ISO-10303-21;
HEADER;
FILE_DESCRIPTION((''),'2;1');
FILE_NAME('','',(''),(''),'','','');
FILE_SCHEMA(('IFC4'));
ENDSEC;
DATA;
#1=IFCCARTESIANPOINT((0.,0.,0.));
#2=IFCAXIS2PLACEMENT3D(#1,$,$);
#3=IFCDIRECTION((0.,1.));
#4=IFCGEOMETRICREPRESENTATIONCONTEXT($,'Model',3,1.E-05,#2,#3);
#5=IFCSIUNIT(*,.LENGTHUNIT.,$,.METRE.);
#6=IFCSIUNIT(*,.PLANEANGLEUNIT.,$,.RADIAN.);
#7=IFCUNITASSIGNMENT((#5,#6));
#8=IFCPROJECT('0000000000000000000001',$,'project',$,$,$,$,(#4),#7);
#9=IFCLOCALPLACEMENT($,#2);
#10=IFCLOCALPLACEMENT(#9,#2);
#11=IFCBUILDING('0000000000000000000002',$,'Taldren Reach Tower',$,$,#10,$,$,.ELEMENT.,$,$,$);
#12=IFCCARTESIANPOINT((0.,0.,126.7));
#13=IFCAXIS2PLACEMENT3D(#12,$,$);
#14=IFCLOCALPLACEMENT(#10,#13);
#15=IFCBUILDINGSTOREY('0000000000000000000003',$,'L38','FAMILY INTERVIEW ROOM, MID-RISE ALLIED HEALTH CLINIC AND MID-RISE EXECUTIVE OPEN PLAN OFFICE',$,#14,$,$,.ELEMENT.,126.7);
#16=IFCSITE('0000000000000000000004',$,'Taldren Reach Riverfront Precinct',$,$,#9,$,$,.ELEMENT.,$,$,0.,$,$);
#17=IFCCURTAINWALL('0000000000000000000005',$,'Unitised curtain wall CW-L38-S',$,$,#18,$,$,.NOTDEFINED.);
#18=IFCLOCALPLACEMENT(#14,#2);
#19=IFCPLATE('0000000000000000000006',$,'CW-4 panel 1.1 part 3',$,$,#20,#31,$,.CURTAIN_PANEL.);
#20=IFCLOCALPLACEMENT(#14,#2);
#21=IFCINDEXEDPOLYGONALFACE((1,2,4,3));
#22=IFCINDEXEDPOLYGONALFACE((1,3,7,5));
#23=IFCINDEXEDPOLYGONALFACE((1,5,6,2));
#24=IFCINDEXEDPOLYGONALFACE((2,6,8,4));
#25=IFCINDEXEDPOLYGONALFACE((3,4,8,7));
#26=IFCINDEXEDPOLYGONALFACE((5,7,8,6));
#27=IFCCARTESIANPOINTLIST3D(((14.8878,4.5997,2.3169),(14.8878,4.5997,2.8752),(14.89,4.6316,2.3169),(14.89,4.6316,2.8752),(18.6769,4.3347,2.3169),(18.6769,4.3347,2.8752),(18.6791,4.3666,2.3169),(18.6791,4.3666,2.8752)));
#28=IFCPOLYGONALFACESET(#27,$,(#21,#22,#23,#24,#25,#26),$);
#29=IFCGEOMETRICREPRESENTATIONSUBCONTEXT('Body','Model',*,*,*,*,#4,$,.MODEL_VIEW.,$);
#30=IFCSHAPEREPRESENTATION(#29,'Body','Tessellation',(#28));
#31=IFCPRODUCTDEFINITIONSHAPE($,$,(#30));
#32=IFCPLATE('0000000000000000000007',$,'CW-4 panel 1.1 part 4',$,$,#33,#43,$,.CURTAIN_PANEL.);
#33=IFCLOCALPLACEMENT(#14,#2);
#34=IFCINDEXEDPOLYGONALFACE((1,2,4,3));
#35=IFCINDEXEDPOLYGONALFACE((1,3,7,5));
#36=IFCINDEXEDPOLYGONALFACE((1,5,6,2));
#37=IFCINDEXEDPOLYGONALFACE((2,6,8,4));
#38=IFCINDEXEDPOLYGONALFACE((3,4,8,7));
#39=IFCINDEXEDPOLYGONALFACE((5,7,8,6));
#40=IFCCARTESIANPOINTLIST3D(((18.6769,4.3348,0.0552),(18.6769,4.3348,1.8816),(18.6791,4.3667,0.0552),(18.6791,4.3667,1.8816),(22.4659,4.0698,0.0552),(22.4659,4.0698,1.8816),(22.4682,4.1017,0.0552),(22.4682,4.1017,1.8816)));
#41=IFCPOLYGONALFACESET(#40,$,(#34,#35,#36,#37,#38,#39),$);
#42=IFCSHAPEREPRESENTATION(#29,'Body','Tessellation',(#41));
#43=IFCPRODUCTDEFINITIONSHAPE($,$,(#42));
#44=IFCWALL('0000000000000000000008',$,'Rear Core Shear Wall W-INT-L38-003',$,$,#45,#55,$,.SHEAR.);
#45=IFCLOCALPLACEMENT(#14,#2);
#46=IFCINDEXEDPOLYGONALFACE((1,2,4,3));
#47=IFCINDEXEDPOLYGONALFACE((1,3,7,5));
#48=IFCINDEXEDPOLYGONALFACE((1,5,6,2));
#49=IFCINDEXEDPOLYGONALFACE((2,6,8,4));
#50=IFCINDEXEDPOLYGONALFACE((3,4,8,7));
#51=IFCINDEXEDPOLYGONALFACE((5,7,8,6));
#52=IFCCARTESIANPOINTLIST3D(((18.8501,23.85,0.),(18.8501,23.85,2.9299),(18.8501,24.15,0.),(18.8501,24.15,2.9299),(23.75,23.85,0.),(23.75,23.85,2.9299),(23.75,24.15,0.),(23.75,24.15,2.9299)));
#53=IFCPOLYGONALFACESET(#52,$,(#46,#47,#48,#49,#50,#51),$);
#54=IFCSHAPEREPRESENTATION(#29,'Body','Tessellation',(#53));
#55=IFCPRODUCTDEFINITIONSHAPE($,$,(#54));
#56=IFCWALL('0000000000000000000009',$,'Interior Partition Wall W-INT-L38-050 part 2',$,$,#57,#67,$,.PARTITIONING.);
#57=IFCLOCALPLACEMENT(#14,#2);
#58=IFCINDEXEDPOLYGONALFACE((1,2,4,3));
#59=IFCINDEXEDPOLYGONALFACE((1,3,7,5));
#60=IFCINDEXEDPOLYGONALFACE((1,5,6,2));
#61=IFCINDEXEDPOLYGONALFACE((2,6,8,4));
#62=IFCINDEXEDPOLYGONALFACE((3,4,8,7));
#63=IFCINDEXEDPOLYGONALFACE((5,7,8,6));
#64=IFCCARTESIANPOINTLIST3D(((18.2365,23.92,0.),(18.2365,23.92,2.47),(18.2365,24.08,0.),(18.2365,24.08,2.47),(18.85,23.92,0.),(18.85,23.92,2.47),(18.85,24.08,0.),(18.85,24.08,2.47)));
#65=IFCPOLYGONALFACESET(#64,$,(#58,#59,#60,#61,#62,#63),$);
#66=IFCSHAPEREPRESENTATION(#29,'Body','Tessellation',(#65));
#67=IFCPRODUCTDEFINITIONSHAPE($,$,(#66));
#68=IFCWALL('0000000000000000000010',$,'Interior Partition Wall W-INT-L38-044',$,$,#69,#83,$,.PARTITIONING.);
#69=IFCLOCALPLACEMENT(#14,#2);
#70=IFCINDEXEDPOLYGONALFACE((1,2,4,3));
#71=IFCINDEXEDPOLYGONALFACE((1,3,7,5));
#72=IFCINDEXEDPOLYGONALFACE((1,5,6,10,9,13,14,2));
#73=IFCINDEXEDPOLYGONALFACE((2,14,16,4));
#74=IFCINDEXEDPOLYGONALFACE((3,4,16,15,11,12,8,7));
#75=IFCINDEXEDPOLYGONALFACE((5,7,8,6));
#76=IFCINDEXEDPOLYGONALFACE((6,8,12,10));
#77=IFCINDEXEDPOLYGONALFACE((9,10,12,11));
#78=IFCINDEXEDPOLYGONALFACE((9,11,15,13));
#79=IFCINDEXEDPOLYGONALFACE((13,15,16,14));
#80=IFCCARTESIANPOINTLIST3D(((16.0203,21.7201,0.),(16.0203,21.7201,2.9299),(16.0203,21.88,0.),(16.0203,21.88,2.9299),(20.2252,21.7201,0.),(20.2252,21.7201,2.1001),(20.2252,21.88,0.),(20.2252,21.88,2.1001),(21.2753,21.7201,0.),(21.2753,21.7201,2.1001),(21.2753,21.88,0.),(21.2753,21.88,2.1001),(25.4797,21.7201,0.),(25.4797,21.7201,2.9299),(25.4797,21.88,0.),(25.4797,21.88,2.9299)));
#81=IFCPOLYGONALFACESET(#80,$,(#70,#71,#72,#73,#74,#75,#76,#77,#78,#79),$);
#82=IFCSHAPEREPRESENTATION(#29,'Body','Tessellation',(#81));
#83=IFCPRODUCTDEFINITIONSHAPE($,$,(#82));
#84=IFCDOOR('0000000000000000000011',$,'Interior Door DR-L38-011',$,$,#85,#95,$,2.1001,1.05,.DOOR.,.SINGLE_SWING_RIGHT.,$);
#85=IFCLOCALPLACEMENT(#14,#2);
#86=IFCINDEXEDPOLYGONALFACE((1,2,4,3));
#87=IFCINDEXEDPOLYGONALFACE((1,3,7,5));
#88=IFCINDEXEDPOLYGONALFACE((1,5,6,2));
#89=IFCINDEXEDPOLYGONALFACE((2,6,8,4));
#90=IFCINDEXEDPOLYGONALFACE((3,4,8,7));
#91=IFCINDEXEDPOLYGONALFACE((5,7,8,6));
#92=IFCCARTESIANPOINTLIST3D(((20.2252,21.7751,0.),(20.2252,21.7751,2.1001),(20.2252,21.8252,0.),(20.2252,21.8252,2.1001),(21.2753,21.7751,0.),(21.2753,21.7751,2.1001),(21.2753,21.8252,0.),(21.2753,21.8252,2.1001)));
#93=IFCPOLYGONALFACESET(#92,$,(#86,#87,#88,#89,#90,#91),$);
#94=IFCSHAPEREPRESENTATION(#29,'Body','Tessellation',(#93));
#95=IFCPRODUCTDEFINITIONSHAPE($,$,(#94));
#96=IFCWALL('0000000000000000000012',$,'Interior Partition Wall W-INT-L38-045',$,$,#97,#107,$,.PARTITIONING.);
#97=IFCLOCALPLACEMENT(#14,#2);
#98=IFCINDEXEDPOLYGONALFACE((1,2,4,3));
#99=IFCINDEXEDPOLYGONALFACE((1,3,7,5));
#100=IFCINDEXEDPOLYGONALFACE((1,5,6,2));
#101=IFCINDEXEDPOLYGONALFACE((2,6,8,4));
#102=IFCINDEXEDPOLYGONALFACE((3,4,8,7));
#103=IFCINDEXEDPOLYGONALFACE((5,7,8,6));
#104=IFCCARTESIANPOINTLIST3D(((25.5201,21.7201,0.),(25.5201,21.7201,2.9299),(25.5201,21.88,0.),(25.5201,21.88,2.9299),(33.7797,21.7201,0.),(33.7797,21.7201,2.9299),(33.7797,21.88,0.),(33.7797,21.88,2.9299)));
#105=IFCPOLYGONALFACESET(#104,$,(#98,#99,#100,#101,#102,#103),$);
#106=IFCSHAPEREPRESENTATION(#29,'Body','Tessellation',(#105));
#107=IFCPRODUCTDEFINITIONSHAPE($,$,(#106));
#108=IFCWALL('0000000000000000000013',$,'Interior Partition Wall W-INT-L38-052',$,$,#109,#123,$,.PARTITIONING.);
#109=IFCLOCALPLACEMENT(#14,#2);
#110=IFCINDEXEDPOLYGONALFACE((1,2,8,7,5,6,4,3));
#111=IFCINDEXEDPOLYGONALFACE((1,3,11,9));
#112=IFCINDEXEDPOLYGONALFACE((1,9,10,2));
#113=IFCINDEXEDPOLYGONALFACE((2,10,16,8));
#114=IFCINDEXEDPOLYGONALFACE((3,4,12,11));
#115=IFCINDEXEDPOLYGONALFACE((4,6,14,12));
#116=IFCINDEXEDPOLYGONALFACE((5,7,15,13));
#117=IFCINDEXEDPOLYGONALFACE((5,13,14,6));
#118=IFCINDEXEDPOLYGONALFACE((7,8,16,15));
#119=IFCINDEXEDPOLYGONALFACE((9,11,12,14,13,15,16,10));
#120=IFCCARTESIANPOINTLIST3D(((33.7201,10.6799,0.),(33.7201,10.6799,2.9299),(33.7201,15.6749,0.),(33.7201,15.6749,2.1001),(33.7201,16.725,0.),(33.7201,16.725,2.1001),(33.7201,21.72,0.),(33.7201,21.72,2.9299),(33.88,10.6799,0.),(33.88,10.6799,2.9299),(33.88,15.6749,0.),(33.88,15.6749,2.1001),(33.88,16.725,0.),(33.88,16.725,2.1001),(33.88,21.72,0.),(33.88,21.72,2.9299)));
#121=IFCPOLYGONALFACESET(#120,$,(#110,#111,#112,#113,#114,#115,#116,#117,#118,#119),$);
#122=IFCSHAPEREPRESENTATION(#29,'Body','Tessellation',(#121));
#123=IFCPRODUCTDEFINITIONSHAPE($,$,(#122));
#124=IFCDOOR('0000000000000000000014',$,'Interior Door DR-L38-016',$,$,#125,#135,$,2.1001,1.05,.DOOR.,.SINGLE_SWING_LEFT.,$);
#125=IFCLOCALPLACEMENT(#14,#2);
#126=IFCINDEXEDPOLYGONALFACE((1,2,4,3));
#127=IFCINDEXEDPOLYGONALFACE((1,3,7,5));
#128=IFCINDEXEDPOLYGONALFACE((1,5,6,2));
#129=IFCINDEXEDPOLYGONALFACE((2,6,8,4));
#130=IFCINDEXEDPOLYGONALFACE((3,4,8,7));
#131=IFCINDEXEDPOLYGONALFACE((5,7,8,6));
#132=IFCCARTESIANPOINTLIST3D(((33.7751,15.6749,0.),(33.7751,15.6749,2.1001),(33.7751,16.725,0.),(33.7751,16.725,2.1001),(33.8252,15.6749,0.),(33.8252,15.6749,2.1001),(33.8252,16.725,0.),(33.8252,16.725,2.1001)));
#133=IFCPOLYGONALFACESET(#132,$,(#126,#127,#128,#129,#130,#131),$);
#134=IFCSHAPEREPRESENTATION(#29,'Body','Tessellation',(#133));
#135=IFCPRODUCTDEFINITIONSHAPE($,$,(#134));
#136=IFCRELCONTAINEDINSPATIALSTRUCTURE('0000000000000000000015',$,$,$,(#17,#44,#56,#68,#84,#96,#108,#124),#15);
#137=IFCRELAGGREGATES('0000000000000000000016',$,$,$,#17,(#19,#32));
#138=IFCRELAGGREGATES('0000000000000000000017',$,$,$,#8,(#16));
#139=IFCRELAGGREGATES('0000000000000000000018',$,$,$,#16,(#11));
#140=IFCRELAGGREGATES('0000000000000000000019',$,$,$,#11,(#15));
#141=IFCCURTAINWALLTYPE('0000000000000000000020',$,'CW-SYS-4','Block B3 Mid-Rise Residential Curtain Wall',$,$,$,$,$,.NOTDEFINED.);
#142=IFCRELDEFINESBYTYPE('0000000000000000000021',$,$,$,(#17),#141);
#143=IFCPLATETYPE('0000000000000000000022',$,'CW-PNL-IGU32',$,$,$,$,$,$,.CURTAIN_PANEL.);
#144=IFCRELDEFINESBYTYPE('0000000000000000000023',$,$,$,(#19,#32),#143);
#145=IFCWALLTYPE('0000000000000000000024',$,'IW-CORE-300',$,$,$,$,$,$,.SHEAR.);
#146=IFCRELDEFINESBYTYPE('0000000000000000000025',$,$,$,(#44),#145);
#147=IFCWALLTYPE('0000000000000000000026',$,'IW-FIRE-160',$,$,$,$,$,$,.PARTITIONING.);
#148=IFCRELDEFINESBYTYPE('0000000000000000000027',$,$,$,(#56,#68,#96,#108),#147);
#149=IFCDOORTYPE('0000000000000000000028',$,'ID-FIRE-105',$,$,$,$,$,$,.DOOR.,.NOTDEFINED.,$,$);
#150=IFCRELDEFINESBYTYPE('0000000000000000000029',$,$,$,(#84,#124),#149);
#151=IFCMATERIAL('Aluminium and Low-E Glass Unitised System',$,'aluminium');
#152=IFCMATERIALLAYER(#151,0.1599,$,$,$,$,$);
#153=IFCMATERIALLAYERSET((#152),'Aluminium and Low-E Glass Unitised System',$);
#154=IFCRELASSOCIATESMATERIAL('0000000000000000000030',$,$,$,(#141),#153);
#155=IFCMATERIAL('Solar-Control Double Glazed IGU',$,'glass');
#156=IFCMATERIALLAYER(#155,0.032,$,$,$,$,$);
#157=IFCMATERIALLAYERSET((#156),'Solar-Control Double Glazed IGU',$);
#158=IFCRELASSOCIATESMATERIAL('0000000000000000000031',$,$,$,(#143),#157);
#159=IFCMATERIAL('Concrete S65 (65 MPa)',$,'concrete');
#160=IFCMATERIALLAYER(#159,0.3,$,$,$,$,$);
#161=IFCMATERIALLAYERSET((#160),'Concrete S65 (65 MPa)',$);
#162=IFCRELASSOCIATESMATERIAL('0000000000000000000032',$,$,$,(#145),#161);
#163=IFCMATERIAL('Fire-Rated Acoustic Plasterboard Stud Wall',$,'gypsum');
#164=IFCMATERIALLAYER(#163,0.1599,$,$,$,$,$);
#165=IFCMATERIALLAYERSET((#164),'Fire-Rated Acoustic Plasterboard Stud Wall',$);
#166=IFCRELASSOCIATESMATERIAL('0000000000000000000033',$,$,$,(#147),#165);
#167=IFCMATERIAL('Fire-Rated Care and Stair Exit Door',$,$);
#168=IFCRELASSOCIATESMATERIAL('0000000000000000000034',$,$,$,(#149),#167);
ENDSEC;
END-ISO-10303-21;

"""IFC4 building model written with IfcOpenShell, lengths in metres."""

from ifc_helpers import new_model, si_unit, direction, frame, frame_2d, origin, origin_2d, place, context, subcontext, project, spatial, rectangle, extrude, source, transform, mapped, material, layer, layer_set, type_object, element, fill, aggregate, save


model = new_model("IFC4")

# Units and contexts
model_context = context("Model", 3, precision=1e-05, world=origin(), true_north=direction((0.0, 1.0)))
body_context = subcontext(model_context, "Body", "Model", "MODEL_VIEW")
ifc_project = project(units=[si_unit("LENGTHUNIT", "METRE"), si_unit("PLANEANGLEUNIT", "RADIAN")], contexts=[model_context])

# Site, building, storey
site_placement = place(None, origin())
site = spatial("IfcSite", under=ifc_project, at=site_placement, Name="Taldren Reach Riverfront Precinct", CompositionType="ELEMENT", RefElevation=0.0)
building_placement = place(site_placement, origin())
building = spatial("IfcBuilding", under=site, at=building_placement, Name="Taldren Reach Tower", CompositionType="ELEMENT")
storey_placement = place(building_placement, frame((0.0, 0.0, 126.7)))
storey = spatial("IfcBuildingStorey", under=building, at=storey_placement, Name="L38", Description="FAMILY INTERVIEW ROOM, MID-RISE ALLIED HEALTH CLINIC AND MID-RISE EXECUTIVE OPEN PLAN OFFICE", CompositionType="ELEMENT", Elevation=126.7)

# Curtain wall, plates
ifc_material_1 = material(Name="Aluminium and Low-E Glass Unitised System", Category="aluminium")
ifc_layer_1 = layer(ifc_material_1, 0.1599)
ifc_layer_set_1 = layer_set([ifc_layer_1], Name="Aluminium and Low-E Glass Unitised System")
curtain_wall_type = type_object("IfcCurtainWallType", Name="CW-SYS-4", Description="Block B3 Mid-Rise Residential Curtain Wall", PredefinedType="NOTDEFINED", material=ifc_layer_set_1)
curtain_wall_placement = place(storey_placement, origin())
curtain_wall = element("IfcCurtainWall", 1, at=curtain_wall_placement, inside=storey, type_object=curtain_wall_type, Name="Unitised curtain wall CW-L38-S", PredefinedType="NOTDEFINED")
ifc_material_2 = material(Name="Solar-Control Double Glazed IGU", Category="glass")
ifc_layer_2 = layer(ifc_material_2, 0.032)
ifc_layer_set_2 = layer_set([ifc_layer_2], Name="Solar-Control Double Glazed IGU")
plate_type = type_object("IfcPlateType", Name="CW-PNL-IGU32", PredefinedType="CURTAIN_PANEL", material=ifc_layer_set_2)
shared_shape_1 = source(origin(), body_context, "Body", "SweptSolid", [
    extrude(rectangle(XDim=3.7983, YDim=0.032, at=origin_2d()), origin(), (0.0, 0.0, 1.0), 0.5583),
])
plate_1_placement = place(storey_placement, frame((16.7834, 4.4832, 2.3169), z_axis=(0.0, 0.0, 1.0), x_axis=(0.997564, -0.069757, 0.0)))
plate_1 = element("IfcPlate", 2, at=plate_1_placement, type_object=plate_type, Name="CW-4 panel 1.1 part 3", PredefinedType="CURTAIN_PANEL", context=body_context, shape_type="MappedRepresentation", body=[
    mapped(shared_shape_1, transform((0.0, 0.0, 0.0), scale=1.0)),
])
shared_shape_2 = source(origin(), body_context, "Body", "SweptSolid", [
    extrude(rectangle(XDim=3.7983, YDim=0.032, at=origin_2d()), origin(), (0.0, 0.0, 1.0), 1.8264),
])
plate_2_placement = place(storey_placement, frame((20.5725, 4.2183, 0.0552), z_axis=(0.0, 0.0, 1.0), x_axis=(0.997564, -0.069757, 0.0)))
plate_2 = element("IfcPlate", 3, at=plate_2_placement, type_object=plate_type, Name="CW-4 panel 1.1 part 4", PredefinedType="CURTAIN_PANEL", context=body_context, shape_type="MappedRepresentation", body=[
    mapped(shared_shape_2, transform((0.0, 0.0, 0.0), scale=1.0)),
])
aggregate(curtain_wall, [plate_1, plate_2])

# Walls
ifc_material_3 = material(Name="Concrete S65 (65 MPa)", Category="concrete")
ifc_layer_3 = layer(ifc_material_3, 0.3)
ifc_layer_set_3 = layer_set([ifc_layer_3], Name="Concrete S65 (65 MPa)")
wall_type_1 = type_object("IfcWallType", Name="IW-CORE-300", PredefinedType="SHEAR", material=ifc_layer_set_3)
shared_shape_3 = source(origin(), body_context, "Body", "SweptSolid", [
    extrude(rectangle(XDim=4.8999, YDim=0.3, at=frame_2d((2.45, 0.0))), origin(), (0.0, 0.0, 1.0), 2.9299),
])
wall_1_placement = place(storey_placement, frame((18.8501, 24.0, 0.0), z_axis=(0.0, 0.0, 1.0), x_axis=(1.0, 0.0, 0.0)))
element("IfcWall", 4, at=wall_1_placement, inside=storey, type_object=wall_type_1, Name="Rear Core Shear Wall W-INT-L38-003", PredefinedType="SHEAR", context=body_context, shape_type="MappedRepresentation", body=[
    mapped(shared_shape_3, transform((0.0, 0.0, 0.0), scale=1.0)),
])
ifc_material_4 = material(Name="Fire-Rated Acoustic Plasterboard Stud Wall", Category="gypsum")
ifc_layer_4 = layer(ifc_material_4, 0.1599)
ifc_layer_set_4 = layer_set([ifc_layer_4], Name="Fire-Rated Acoustic Plasterboard Stud Wall")
wall_type_2 = type_object("IfcWallType", Name="IW-FIRE-160", PredefinedType="PARTITIONING", material=ifc_layer_set_4)
shared_shape_4 = source(origin(), body_context, "Body", "SweptSolid", [
    extrude(rectangle(XDim=0.6135, YDim=0.1599, at=frame_2d((0.3066, 0.0))), origin(), (0.0, 0.0, 1.0), 2.47),
])
wall_2_placement = place(storey_placement, frame((18.2366, 24.0, 0.0), z_axis=(0.0, 0.0, 1.0), x_axis=(1.0, 0.0, 0.0)))
element("IfcWall", 5, at=wall_2_placement, inside=storey, type_object=wall_type_2, Name="Interior Partition Wall W-INT-L38-050 part 2", PredefinedType="PARTITIONING", context=body_context, shape_type="MappedRepresentation", body=[
    mapped(shared_shape_4, transform((0.0, 0.0, 0.0), scale=1.0)),
])

# Wall, opening, door
shared_shape_5 = source(origin(), body_context, "Body", "SweptSolid", [
    extrude(rectangle(XDim=9.4595, YDim=0.1599, at=frame_2d((4.7297, 0.0))), origin(), (0.0, 0.0, 1.0), 2.9299),
])
wall_3_placement = place(storey_placement, frame((25.4797, 21.8, 0.0), z_axis=(0.0, 0.0, 1.0), x_axis=(-1.0, 0.0, 0.0)))
wall_3 = element("IfcWall", 6, at=wall_3_placement, inside=storey, type_object=wall_type_2, Name="Interior Partition Wall W-INT-L38-044", PredefinedType="PARTITIONING", context=body_context, shape_type="MappedRepresentation", body=[
    mapped(shared_shape_5, transform((0.0, 0.0, 0.0), scale=1.0)),
])
shared_shape_6 = source(origin(), body_context, "Body", "SweptSolid", [
    extrude(rectangle(XDim=1.05, YDim=2.1001, at=frame_2d((0.5249, 1.05))), frame((0.0, 0.0898, 0.0), z_axis=(0.0, -1.0, 0.0), x_axis=(1.0, 0.0, 0.0)), (0.0, 0.0, 1.0), 0.1799),
])
opening_1_placement = place(wall_3_placement, frame((4.2046, 0.0, 0.0)))
opening_1 = element("IfcOpeningElement", 7, at=opening_1_placement, cuts=wall_3, PredefinedType="OPENING", context=body_context, shape_type="MappedRepresentation", body=[
    mapped(shared_shape_6, transform((0.0, 0.0, 0.0), scale=1.0)),
])
ifc_material_5 = material(Name="Fire-Rated Care and Stair Exit Door")
door_type_1 = type_object("IfcDoorType", Name="ID-FIRE-105", OperationType="NOTDEFINED", PredefinedType="DOOR", material=ifc_material_5)
shared_shape_7 = source(origin(), body_context, "Body", "SweptSolid", [
    extrude(rectangle(XDim=1.05, YDim=2.1001, at=frame_2d((0.5249, 1.05))), frame((0.0, 0.0249, 0.0), z_axis=(0.0, -1.0, 0.0), x_axis=(1.0, 0.0, 0.0)), (0.0, 0.0, 1.0), 0.05),
])
door_1_placement = place(opening_1_placement, origin())
door_1 = element("IfcDoor", 8, at=door_1_placement, inside=storey, type_object=door_type_1, Name="Interior Door DR-L38-011", OperationType="SINGLE_SWING_RIGHT", OverallHeight=2.1001, OverallWidth=1.05, PredefinedType="DOOR", context=body_context, shape_type="MappedRepresentation", body=[
    mapped(shared_shape_7, transform((0.0, 0.0, 0.0), scale=1.0)),
])
fill(opening_1, door_1)

# Wall
shared_shape_8 = source(origin(), body_context, "Body", "SweptSolid", [
    extrude(rectangle(XDim=8.2595, YDim=0.1599, at=frame_2d((4.1299, 0.0))), origin(), (0.0, 0.0, 1.0), 2.9299),
])
wall_4_placement = place(storey_placement, frame((33.7798, 21.8, 0.0), z_axis=(0.0, 0.0, 1.0), x_axis=(-1.0, 0.0, 0.0)))
element("IfcWall", 9, at=wall_4_placement, inside=storey, type_object=wall_type_2, Name="Interior Partition Wall W-INT-L38-045", PredefinedType="PARTITIONING", context=body_context, shape_type="MappedRepresentation", body=[
    mapped(shared_shape_8, transform((0.0, 0.0, 0.0), scale=1.0)),
])

# Wall, opening, door
shared_shape_9 = source(origin(), body_context, "Body", "SweptSolid", [
    extrude(rectangle(XDim=11.04, YDim=0.1599, at=frame_2d((5.52, 0.0))), origin(), (0.0, 0.0, 1.0), 2.9299),
])
wall_5_placement = place(storey_placement, frame((33.8, 10.6799, 0.0), z_axis=(0.0, 0.0, 1.0), x_axis=(0.0, 1.0, 0.0)))
wall_5 = element("IfcWall", 10, at=wall_5_placement, inside=storey, type_object=wall_type_2, Name="Interior Partition Wall W-INT-L38-052", PredefinedType="PARTITIONING", context=body_context, shape_type="MappedRepresentation", body=[
    mapped(shared_shape_9, transform((0.0, 0.0, 0.0), scale=1.0)),
])
opening_2_placement = place(wall_5_placement, frame((4.9951, 0.0, 0.0)))
opening_2 = element("IfcOpeningElement", 11, at=opening_2_placement, cuts=wall_5, PredefinedType="OPENING", context=body_context, shape_type="MappedRepresentation", body=[
    mapped(shared_shape_6, transform((0.0, 0.0, 0.0), scale=1.0)),
])
door_2_placement = place(opening_2_placement, origin())
door_2 = element("IfcDoor", 12, at=door_2_placement, inside=storey, type_object=door_type_1, Name="Interior Door DR-L38-016", OperationType="SINGLE_SWING_LEFT", OverallHeight=2.1001, OverallWidth=1.05, PredefinedType="DOOR", context=body_context, shape_type="MappedRepresentation", body=[
    mapped(shared_shape_7, transform((0.0, 0.0, 0.0), scale=1.0)),
])
fill(opening_2, door_2)

save(model, "model.ifc")
